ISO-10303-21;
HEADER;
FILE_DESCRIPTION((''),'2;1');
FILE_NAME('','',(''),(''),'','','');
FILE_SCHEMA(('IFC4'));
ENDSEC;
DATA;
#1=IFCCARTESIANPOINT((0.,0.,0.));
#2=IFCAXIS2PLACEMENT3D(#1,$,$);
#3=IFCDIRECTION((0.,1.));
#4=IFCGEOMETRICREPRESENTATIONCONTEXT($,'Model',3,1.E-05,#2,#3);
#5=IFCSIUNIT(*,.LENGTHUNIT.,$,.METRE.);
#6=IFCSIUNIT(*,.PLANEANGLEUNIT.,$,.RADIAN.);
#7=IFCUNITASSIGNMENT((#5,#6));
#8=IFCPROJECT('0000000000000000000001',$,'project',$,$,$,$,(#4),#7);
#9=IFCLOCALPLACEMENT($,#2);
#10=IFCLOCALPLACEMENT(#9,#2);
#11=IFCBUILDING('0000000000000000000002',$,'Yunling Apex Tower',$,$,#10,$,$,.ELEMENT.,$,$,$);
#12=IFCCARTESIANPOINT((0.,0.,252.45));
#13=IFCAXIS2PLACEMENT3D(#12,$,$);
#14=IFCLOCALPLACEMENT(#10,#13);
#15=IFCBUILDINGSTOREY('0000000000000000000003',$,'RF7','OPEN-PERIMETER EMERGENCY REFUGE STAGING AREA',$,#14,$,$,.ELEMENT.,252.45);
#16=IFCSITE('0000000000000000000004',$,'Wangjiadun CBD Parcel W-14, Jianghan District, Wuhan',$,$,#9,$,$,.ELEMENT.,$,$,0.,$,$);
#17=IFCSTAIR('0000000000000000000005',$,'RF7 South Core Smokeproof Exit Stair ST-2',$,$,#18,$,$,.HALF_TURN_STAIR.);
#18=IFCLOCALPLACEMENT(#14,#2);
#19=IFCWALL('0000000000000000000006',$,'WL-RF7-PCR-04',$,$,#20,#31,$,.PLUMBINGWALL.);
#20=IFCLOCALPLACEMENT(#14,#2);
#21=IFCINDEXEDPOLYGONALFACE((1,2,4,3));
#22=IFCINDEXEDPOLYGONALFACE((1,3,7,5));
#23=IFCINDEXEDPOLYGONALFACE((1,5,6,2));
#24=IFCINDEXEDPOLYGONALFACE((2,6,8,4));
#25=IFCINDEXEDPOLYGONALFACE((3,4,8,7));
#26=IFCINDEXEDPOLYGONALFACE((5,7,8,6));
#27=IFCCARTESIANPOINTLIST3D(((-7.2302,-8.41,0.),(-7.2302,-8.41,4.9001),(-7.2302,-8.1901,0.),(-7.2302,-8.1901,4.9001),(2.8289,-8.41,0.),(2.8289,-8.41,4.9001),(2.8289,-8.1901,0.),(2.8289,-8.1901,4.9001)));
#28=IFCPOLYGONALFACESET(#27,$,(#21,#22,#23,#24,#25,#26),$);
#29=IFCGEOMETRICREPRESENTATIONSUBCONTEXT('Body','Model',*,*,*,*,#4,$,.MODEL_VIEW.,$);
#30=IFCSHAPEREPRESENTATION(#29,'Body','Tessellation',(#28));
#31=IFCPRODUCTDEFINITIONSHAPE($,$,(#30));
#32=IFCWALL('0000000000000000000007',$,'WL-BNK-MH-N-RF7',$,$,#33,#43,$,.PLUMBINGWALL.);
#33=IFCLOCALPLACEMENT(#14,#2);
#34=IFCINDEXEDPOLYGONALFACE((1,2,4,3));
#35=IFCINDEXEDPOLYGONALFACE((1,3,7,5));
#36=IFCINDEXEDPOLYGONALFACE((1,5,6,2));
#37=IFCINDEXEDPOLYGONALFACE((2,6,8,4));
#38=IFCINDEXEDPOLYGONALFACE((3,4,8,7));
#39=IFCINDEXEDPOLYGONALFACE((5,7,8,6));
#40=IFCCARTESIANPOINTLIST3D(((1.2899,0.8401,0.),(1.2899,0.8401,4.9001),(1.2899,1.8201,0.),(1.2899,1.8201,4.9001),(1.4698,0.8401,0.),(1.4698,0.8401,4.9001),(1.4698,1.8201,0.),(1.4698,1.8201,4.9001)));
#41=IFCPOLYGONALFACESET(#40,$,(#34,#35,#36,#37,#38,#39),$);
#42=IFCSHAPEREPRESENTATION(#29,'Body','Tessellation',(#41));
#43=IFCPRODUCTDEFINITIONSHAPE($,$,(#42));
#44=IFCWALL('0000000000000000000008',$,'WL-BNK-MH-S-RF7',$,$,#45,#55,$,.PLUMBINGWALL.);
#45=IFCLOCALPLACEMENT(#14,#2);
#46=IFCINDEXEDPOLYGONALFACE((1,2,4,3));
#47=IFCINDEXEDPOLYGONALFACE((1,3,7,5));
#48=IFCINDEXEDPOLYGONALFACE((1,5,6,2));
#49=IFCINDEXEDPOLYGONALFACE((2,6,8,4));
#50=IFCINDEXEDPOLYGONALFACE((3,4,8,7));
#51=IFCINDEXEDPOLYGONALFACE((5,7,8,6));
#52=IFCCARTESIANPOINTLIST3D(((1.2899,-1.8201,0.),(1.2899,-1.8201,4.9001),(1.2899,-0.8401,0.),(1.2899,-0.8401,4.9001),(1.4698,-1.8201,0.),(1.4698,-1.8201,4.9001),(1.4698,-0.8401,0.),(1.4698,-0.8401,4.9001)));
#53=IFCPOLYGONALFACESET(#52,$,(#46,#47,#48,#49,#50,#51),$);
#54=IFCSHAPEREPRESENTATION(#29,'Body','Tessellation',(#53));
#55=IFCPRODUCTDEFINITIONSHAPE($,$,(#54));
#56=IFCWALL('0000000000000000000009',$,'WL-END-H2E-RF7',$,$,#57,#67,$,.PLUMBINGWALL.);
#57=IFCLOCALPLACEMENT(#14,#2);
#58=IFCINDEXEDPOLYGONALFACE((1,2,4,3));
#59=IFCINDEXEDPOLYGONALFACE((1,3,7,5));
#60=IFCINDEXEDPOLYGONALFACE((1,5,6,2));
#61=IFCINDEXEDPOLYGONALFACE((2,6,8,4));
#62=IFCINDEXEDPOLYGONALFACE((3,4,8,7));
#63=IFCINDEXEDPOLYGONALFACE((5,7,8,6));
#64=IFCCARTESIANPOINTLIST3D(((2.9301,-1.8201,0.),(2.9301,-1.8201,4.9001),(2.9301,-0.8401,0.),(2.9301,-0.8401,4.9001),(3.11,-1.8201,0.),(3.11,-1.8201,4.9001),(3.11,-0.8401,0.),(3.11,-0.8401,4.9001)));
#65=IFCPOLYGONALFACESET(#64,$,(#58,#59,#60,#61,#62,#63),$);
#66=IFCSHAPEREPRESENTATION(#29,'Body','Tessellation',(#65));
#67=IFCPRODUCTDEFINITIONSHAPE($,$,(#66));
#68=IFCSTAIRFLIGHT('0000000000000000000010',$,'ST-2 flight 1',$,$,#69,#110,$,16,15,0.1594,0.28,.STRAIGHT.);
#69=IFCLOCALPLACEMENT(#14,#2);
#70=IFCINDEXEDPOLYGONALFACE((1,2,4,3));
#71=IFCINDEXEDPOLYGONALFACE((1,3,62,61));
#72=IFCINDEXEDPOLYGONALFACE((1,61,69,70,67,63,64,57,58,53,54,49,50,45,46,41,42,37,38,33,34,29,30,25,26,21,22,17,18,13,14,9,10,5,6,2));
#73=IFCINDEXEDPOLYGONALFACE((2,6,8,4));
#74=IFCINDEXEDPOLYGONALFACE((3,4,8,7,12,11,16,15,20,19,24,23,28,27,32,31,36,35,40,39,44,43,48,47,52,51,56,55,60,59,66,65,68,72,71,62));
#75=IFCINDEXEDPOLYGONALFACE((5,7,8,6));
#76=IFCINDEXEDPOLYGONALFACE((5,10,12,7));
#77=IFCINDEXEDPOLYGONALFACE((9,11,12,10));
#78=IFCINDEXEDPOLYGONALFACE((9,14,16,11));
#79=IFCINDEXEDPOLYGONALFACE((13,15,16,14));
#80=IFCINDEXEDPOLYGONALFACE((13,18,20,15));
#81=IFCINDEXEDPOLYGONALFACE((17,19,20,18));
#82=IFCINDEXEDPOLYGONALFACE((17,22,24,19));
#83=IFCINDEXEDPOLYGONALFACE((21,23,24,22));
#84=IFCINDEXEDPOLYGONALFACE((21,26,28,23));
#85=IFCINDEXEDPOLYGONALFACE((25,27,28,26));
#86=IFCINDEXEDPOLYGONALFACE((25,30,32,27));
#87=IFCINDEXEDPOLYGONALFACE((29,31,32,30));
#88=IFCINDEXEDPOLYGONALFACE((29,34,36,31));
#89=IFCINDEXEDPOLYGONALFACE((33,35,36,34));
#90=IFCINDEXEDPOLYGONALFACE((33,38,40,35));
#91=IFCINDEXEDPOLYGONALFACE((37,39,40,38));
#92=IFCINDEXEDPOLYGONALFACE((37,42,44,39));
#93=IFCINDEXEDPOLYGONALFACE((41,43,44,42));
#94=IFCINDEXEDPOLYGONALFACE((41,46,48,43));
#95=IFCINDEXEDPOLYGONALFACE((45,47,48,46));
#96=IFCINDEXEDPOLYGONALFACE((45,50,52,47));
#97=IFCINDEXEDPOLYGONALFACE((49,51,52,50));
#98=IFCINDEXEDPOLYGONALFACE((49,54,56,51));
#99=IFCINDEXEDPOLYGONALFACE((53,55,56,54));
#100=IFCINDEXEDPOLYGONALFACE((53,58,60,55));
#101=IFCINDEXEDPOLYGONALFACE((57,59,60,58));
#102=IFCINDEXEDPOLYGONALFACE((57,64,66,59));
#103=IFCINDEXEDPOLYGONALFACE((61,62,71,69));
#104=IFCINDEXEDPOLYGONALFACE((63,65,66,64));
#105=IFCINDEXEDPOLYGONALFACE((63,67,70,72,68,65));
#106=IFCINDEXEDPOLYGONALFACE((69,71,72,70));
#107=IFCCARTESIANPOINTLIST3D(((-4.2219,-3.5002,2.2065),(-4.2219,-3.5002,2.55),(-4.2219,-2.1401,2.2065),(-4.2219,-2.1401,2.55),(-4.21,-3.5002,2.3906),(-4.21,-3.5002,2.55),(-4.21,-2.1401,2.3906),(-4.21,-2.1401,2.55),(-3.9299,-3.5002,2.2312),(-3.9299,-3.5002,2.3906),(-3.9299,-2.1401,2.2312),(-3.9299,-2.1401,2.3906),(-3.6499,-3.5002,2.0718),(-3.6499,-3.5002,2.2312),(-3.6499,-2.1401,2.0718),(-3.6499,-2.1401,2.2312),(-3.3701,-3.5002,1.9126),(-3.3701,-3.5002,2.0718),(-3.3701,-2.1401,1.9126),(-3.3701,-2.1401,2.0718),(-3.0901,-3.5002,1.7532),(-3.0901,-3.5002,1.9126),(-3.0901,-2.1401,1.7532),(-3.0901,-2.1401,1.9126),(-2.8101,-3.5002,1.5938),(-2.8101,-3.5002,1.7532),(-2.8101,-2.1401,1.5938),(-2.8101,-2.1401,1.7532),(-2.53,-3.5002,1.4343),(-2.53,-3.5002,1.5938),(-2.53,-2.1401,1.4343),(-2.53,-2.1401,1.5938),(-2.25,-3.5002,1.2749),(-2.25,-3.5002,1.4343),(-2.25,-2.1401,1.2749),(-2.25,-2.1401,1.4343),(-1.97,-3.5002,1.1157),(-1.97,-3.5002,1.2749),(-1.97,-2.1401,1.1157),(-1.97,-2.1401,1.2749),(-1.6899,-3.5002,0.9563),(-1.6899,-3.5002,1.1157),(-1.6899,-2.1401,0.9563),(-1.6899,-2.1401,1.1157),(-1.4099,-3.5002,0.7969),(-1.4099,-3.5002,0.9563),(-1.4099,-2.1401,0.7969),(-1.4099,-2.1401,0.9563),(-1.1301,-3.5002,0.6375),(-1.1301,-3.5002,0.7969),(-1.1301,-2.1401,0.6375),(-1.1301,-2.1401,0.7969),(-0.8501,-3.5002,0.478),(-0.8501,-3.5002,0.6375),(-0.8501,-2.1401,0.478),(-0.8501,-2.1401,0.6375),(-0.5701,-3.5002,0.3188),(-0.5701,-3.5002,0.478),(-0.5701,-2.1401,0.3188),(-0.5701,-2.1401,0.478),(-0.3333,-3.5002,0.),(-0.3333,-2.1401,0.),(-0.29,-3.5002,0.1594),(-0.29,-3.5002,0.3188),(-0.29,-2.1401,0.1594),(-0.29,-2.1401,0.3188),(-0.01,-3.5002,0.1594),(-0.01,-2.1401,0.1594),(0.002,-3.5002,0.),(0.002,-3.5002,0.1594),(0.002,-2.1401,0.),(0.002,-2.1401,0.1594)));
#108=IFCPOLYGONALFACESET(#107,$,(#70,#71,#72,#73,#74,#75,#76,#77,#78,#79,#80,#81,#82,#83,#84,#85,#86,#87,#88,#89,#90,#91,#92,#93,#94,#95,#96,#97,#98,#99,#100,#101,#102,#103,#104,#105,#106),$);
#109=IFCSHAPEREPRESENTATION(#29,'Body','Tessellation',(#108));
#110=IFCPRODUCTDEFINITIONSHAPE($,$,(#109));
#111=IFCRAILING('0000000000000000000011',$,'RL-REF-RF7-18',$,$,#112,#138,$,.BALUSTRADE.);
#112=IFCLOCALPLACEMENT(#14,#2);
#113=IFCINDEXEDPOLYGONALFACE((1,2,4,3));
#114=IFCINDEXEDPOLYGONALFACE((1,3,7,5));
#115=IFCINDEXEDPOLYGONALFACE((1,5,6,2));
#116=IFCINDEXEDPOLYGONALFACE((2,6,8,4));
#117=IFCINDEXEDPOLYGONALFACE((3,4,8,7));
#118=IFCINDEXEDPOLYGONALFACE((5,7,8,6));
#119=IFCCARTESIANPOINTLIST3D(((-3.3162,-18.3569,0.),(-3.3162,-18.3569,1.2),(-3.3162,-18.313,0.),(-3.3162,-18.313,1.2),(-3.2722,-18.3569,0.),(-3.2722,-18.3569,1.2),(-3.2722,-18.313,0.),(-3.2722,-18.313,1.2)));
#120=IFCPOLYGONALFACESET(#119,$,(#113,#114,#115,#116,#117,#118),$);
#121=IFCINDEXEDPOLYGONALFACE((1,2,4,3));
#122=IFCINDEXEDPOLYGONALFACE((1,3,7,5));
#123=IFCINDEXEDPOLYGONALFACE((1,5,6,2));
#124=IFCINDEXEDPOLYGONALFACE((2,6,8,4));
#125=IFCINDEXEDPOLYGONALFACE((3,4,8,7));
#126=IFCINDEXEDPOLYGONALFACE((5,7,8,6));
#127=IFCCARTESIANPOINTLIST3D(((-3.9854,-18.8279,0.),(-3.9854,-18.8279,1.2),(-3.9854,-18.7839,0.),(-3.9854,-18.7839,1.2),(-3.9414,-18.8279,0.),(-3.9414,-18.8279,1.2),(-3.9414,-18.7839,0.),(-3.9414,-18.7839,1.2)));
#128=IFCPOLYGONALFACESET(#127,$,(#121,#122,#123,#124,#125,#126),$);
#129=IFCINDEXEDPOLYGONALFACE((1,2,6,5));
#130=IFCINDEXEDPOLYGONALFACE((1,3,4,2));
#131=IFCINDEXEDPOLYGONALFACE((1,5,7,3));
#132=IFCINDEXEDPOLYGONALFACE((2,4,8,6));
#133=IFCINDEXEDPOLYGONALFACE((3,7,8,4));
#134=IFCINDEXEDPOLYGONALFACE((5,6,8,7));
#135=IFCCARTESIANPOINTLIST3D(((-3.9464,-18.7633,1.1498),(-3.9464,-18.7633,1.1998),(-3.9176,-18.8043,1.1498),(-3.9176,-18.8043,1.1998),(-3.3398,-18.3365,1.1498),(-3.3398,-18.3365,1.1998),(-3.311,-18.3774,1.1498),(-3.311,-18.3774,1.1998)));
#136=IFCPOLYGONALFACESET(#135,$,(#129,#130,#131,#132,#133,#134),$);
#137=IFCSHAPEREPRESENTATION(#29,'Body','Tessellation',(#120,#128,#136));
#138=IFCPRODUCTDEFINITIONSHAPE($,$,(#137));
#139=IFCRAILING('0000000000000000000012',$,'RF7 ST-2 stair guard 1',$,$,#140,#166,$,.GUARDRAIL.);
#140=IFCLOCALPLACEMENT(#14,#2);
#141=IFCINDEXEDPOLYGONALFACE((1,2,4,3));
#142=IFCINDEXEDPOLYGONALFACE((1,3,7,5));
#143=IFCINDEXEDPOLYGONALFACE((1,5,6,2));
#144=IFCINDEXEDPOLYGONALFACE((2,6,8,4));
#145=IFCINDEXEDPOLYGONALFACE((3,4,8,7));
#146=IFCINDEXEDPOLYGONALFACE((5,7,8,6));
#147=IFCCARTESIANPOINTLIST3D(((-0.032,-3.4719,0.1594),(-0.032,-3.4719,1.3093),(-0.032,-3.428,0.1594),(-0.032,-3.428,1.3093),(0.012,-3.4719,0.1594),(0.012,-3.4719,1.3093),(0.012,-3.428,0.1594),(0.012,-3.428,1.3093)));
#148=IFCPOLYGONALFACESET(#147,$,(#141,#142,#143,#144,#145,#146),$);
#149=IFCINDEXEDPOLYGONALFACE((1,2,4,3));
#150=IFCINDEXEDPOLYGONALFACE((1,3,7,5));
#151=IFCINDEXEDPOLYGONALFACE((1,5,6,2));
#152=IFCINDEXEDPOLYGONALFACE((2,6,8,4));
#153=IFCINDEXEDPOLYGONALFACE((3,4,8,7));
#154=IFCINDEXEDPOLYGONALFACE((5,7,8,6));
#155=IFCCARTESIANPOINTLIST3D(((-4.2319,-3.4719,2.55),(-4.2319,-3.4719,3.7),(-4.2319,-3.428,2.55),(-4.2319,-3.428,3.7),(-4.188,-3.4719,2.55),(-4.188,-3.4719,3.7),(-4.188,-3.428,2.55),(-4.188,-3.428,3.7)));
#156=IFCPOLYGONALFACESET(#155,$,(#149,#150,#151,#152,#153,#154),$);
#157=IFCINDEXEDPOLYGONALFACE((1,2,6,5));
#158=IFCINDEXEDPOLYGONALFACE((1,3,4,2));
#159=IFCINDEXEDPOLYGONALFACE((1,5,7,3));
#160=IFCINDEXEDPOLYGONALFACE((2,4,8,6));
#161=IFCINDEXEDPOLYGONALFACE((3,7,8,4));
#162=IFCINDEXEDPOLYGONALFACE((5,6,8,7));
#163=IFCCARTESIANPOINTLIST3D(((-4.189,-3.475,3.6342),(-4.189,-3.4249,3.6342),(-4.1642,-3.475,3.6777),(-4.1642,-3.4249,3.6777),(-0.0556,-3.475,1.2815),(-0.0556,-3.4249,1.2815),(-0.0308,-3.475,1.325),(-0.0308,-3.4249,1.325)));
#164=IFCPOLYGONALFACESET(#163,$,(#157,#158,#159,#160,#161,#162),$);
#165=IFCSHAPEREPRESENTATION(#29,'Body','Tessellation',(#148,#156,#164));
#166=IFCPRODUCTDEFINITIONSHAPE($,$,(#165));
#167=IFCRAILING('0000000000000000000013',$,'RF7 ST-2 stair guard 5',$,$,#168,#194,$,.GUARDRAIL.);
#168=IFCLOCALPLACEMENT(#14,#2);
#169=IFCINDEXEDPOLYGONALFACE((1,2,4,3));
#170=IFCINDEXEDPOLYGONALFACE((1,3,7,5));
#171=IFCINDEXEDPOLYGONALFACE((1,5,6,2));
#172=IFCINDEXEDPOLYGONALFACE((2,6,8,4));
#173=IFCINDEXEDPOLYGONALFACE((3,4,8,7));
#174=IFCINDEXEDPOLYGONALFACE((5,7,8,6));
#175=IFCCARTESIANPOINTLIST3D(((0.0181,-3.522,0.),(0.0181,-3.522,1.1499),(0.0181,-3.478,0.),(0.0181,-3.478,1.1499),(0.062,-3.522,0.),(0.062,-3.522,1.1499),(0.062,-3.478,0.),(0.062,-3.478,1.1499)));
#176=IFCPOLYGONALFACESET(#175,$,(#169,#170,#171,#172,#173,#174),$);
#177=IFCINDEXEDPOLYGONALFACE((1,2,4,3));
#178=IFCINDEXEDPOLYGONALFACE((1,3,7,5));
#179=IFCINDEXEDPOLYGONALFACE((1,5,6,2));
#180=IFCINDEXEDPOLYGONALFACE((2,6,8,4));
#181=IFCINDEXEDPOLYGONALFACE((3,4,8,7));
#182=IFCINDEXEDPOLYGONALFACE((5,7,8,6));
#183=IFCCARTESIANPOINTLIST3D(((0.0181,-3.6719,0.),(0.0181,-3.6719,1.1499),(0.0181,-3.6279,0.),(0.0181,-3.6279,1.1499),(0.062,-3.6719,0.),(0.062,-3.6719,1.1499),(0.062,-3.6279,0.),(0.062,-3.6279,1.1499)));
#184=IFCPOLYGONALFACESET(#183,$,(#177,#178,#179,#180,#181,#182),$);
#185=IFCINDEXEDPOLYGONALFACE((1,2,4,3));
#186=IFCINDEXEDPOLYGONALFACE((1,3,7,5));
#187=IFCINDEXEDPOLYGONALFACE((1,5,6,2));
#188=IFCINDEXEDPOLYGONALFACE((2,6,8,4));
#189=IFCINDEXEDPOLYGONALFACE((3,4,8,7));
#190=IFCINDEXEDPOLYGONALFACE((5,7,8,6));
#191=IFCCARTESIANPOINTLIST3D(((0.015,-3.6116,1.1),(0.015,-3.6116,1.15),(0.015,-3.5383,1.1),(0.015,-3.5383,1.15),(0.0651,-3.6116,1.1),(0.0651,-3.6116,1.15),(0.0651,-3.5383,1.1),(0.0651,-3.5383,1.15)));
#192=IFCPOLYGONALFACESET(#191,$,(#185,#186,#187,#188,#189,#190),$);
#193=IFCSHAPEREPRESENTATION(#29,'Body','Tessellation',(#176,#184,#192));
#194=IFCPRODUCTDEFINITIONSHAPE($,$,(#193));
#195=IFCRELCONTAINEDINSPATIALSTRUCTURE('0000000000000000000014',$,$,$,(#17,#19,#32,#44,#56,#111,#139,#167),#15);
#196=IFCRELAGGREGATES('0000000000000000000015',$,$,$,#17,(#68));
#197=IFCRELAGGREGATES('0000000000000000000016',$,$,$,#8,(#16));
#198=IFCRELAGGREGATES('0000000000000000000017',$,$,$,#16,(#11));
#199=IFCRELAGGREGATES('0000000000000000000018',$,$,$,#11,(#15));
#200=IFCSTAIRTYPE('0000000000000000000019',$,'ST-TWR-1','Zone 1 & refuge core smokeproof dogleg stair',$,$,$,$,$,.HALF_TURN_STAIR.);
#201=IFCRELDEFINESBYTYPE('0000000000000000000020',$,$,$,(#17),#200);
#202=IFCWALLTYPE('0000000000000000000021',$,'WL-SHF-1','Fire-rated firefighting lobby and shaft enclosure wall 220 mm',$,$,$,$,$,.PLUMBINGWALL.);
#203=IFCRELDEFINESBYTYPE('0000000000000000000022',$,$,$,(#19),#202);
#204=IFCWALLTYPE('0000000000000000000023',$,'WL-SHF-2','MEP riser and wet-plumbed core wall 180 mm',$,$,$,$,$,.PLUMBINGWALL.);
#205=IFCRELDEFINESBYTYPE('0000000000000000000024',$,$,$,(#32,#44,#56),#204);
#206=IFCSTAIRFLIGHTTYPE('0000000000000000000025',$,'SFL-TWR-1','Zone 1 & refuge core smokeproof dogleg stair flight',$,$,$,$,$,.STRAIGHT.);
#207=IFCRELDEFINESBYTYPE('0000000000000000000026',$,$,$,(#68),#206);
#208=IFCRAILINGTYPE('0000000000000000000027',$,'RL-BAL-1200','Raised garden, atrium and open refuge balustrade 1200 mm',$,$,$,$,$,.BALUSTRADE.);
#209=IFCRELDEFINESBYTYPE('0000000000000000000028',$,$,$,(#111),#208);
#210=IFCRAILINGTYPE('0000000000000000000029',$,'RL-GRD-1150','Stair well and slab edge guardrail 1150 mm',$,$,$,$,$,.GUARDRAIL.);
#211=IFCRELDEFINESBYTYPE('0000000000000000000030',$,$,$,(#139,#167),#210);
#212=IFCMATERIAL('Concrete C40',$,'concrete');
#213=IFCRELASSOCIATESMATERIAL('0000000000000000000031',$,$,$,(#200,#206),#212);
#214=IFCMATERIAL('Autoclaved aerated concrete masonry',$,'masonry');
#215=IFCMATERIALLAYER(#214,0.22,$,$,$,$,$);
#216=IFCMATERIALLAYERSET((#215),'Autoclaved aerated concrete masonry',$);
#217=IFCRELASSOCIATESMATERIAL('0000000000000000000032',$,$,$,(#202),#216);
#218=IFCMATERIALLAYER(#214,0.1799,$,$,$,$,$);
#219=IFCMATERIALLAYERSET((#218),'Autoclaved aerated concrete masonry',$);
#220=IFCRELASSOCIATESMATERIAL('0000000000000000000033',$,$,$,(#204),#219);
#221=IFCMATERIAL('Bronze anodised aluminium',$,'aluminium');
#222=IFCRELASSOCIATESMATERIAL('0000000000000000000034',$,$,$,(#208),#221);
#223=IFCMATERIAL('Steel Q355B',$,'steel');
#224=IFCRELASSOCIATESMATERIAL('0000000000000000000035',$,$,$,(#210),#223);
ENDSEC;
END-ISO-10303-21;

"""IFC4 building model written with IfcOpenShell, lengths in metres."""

from ifc_helpers import new_model, si_unit, direction, frame, frame_2d, origin, origin_2d, place, context, subcontext, project, spatial, polyline, rectangle, outline, extrude, material, layer, layer_set, type_object, element, aggregate, save


model = new_model("IFC4")

# Units and contexts
model_context = context("Model", 3, precision=1e-05, world=origin(), true_north=direction((0.0, 1.0)))
body_context = subcontext(model_context, "Body", "Model", "MODEL_VIEW")
ifc_project = project(units=[si_unit("LENGTHUNIT", "METRE"), si_unit("PLANEANGLEUNIT", "RADIAN")], contexts=[model_context])

# Site, building, storey
site_placement = place(None, origin())
site = spatial("IfcSite", under=ifc_project, at=site_placement, Name="Wangjiadun CBD Parcel W-14, Jianghan District, Wuhan", CompositionType="ELEMENT", RefElevation=0.0)
building_placement = place(site_placement, origin())
building = spatial("IfcBuilding", under=site, at=building_placement, Name="Yunling Apex Tower", CompositionType="ELEMENT")
storey_placement = place(building_placement, frame((0.0, 0.0, 252.45)))
storey = spatial("IfcBuildingStorey", under=building, at=storey_placement, Name="RF7", Description="OPEN-PERIMETER EMERGENCY REFUGE STAGING AREA", CompositionType="ELEMENT", Elevation=252.45)

# Shared definitions
ifc_material_1 = material(Name="Steel Q355B", Category="steel")

# Stair
ifc_material_2 = material(Name="Concrete C40", Category="concrete")
stair_type = type_object("IfcStairType", Name="ST-TWR-1", Description="Zone 1 & refuge core smokeproof dogleg stair", PredefinedType="HALF_TURN_STAIR", material=ifc_material_2)
stair_1_placement = place(storey_placement, origin())
stair_1 = element("IfcStair", 1, at=stair_1_placement, inside=storey, type_object=stair_type, Name="RF7 South Core Smokeproof Exit Stair ST-2", PredefinedType="HALF_TURN_STAIR")

# Shared definitions
ifc_material_3 = material(Name="Autoclaved aerated concrete masonry", Category="masonry")
ifc_layer_1 = layer(ifc_material_3, 0.22)
ifc_layer_set_1 = layer_set([ifc_layer_1], Name="Autoclaved aerated concrete masonry")
wall_type_1 = type_object("IfcWallType", Name="WL-SHF-1", Description="Fire-rated firefighting lobby and shaft enclosure wall 220 mm", PredefinedType="PLUMBINGWALL", material=ifc_layer_set_1)

# Walls
wall_1_placement = place(storey_placement, frame((2.8289, -8.3, 0.0), z_axis=(0.0, 0.0, 1.0), x_axis=(-1.0, 0.0, 0.0)))
element("IfcWall", 2, at=wall_1_placement, inside=storey, type_object=wall_type_1, Name="WL-RF7-PCR-04", PredefinedType="PLUMBINGWALL", context=body_context, shape_type="SweptSolid", body=[
    extrude(rectangle(XDim=10.0591, YDim=0.22, at=frame_2d((5.0295, 0.0))), origin(), (0.0, 0.0, 1.0), 4.9001),
])
ifc_layer_2 = layer(ifc_material_3, 0.1799)
ifc_layer_set_2 = layer_set([ifc_layer_2], Name="Autoclaved aerated concrete masonry")
wall_type_2 = type_object("IfcWallType", Name="WL-SHF-2", Description="MEP riser and wet-plumbed core wall 180 mm", PredefinedType="PLUMBINGWALL", material=ifc_layer_set_2)
for number, where, z_axis, x_axis, name in (
    (3, (1.3799, 0.8401, 0.0), (0.0, 0.0, 1.0), (0.0, 1.0, 0.0), "WL-BNK-MH-N-RF7"),
    (4, (1.3799, -1.8201, 0.0), (0.0, 0.0, 1.0), (0.0, 1.0, 0.0), "WL-BNK-MH-S-RF7"),
    (5, (3.02, -1.8201, 0.0), (0.0, 0.0, 1.0), (0.0, 1.0, 0.0), "WL-END-H2E-RF7"),
):
    element("IfcWall", number, at=place(storey_placement, frame(where, z_axis=z_axis, x_axis=x_axis)), inside=storey, type_object=wall_type_2, Name=name, PredefinedType="PLUMBINGWALL", context=body_context, shape_type="SweptSolid", body=[
        extrude(rectangle(XDim=0.98, YDim=0.1799, at=frame_2d((0.49, 0.0))), origin(), (0.0, 0.0, 1.0), 4.9001),
    ])

# Stair flight
stair_flight_type = type_object("IfcStairFlightType", Name="SFL-TWR-1", Description="Zone 1 & refuge core smokeproof dogleg stair flight", PredefinedType="STRAIGHT", material=ifc_material_2)
stair_flight_placement = place(storey_placement, frame((-0.01, -2.8201, 0.0), z_axis=(0.0, 0.0, 1.0), x_axis=(-1.0, 0.0, 0.0)))
stair_flight = element("IfcStairFlight", 6, at=stair_flight_placement, type_object=stair_flight_type, Name="ST-2 flight 1", NumberOfRisers=16, NumberOfTreads=15, PredefinedType="STRAIGHT", RiserHeight=0.1594, TreadLength=0.28, context=body_context, shape_type="SweptSolid", body=[
    extrude(outline(polyline([(-0.012, 0.0), (-0.012, 0.1594), (0.0, 0.1594), (0.28, 0.1594), (0.28, 0.3188), (0.5601, 0.3188), (0.5601, 0.478), (0.8401, 0.478), (0.8401, 0.6375), (1.1201, 0.6375), (1.1201, 0.7969), (1.3999, 0.7969), (1.3999, 0.9563), (1.6799, 0.9563), (1.6799, 1.1157), (1.96, 1.1157), (1.96, 1.2749), (2.24, 1.2749), (2.24, 1.4343), (2.52, 1.4343), (2.52, 1.5938), (2.8, 1.5938), (2.8, 1.7532), (3.0801, 1.7532), (3.0801, 1.9126), (3.3601, 1.9126), (3.3601, 2.0718), (3.6399, 2.0718), (3.6399, 2.2312), (3.9199, 2.2312), (3.9199, 2.3906), (4.2, 2.3906), (4.2, 2.55), (4.2119, 2.55), (4.2119, 2.2065), (0.3232, 0.0), (-0.012, 0.0)])), frame((0.0, 0.6802, 0.0), z_axis=(0.0, -1.0, 0.0), x_axis=(1.0, 0.0, 0.0)), (0.0, 0.0, 1.0), 1.3601),
])
aggregate(stair_1, [stair_flight])

# Railings
ifc_material_4 = material(Name="Bronze anodised aluminium", Category="aluminium")
railing_type_1 = type_object("IfcRailingType", Name="RL-BAL-1200", Description="Raised garden, atrium and open refuge balustrade 1200 mm", PredefinedType="BALUSTRADE", material=ifc_material_4)
railing_1_placement = place(storey_placement, frame((-3.2942, -18.335, 0.0)))
element("IfcRailing", 7, at=railing_1_placement, inside=storey, type_object=railing_type_1, Name="RL-REF-RF7-18", PredefinedType="BALUSTRADE", context=body_context, shape_type="SweptSolid", body=[
    extrude(rectangle(XDim=0.0439, YDim=0.0439, at=origin_2d()), origin(), (0.0, 0.0, 1.0), 1.2),
    extrude(rectangle(XDim=0.0439, YDim=0.0439, at=origin_2d()), frame((-0.6692, -0.4709, 0.0)), (0.0, 0.0, 1.0), 1.2),
    extrude(rectangle(XDim=0.05, YDim=0.05, at=origin_2d()), frame((-0.0312, -0.022, 1.1748), z_axis=(-0.817786, -0.575523, 0.0), x_axis=(0.575523, -0.817786, 0.0)), (0.0, 0.0, 1.0), 0.7417),
])
railing_type_2 = type_object("IfcRailingType", Name="RL-GRD-1150", Description="Stair well and slab edge guardrail 1150 mm", PredefinedType="GUARDRAIL", material=ifc_material_1)
railing_2_placement = place(storey_placement, frame((-0.01, -3.45, 0.1594)))
element("IfcRailing", 8, at=railing_2_placement, inside=storey, type_object=railing_type_2, Name="RF7 ST-2 stair guard 1", PredefinedType="GUARDRAIL", context=body_context, shape_type="SweptSolid", body=[
    extrude(rectangle(XDim=0.0439, YDim=0.0439, at=origin_2d()), origin(), (0.0, 0.0, 1.0), 1.1499),
    extrude(rectangle(XDim=0.0439, YDim=0.0439, at=origin_2d()), frame((-4.2, 0.0, 2.3906)), (0.0, 0.0, 1.0), 1.1499),
    extrude(rectangle(XDim=0.05, YDim=0.05, at=origin_2d()), frame((-0.0332, 0.0, 1.1438), z_axis=(-0.869075, 0.0, 0.49468), x_axis=(0.0, -1.0, 0.0)), (0.0, 0.0, 1.0), 4.7561),
])
railing_3_placement = place(storey_placement, frame((0.04, -3.5, 0.0)))
element("IfcRailing", 9, at=railing_3_placement, inside=storey, type_object=railing_type_2, Name="RF7 ST-2 stair guard 5", PredefinedType="GUARDRAIL", context=body_context, shape_type="SweptSolid", body=[
    extrude(rectangle(XDim=0.0439, YDim=0.0439, at=origin_2d()), origin(), (0.0, 0.0, 1.0), 1.1499),
    extrude(rectangle(XDim=0.0439, YDim=0.0439, at=origin_2d()), frame((0.0, -0.1499, 0.0)), (0.0, 0.0, 1.0), 1.1499),
    extrude(rectangle(XDim=0.05, YDim=0.05, at=origin_2d()), frame((0.0, -0.0383, 1.125), z_axis=(0.0, -1.0, 0.0), x_axis=(1.0, 0.0, 0.0)), (0.0, 0.0, 1.0), 0.0732),
])

save(model, "model.ifc")
